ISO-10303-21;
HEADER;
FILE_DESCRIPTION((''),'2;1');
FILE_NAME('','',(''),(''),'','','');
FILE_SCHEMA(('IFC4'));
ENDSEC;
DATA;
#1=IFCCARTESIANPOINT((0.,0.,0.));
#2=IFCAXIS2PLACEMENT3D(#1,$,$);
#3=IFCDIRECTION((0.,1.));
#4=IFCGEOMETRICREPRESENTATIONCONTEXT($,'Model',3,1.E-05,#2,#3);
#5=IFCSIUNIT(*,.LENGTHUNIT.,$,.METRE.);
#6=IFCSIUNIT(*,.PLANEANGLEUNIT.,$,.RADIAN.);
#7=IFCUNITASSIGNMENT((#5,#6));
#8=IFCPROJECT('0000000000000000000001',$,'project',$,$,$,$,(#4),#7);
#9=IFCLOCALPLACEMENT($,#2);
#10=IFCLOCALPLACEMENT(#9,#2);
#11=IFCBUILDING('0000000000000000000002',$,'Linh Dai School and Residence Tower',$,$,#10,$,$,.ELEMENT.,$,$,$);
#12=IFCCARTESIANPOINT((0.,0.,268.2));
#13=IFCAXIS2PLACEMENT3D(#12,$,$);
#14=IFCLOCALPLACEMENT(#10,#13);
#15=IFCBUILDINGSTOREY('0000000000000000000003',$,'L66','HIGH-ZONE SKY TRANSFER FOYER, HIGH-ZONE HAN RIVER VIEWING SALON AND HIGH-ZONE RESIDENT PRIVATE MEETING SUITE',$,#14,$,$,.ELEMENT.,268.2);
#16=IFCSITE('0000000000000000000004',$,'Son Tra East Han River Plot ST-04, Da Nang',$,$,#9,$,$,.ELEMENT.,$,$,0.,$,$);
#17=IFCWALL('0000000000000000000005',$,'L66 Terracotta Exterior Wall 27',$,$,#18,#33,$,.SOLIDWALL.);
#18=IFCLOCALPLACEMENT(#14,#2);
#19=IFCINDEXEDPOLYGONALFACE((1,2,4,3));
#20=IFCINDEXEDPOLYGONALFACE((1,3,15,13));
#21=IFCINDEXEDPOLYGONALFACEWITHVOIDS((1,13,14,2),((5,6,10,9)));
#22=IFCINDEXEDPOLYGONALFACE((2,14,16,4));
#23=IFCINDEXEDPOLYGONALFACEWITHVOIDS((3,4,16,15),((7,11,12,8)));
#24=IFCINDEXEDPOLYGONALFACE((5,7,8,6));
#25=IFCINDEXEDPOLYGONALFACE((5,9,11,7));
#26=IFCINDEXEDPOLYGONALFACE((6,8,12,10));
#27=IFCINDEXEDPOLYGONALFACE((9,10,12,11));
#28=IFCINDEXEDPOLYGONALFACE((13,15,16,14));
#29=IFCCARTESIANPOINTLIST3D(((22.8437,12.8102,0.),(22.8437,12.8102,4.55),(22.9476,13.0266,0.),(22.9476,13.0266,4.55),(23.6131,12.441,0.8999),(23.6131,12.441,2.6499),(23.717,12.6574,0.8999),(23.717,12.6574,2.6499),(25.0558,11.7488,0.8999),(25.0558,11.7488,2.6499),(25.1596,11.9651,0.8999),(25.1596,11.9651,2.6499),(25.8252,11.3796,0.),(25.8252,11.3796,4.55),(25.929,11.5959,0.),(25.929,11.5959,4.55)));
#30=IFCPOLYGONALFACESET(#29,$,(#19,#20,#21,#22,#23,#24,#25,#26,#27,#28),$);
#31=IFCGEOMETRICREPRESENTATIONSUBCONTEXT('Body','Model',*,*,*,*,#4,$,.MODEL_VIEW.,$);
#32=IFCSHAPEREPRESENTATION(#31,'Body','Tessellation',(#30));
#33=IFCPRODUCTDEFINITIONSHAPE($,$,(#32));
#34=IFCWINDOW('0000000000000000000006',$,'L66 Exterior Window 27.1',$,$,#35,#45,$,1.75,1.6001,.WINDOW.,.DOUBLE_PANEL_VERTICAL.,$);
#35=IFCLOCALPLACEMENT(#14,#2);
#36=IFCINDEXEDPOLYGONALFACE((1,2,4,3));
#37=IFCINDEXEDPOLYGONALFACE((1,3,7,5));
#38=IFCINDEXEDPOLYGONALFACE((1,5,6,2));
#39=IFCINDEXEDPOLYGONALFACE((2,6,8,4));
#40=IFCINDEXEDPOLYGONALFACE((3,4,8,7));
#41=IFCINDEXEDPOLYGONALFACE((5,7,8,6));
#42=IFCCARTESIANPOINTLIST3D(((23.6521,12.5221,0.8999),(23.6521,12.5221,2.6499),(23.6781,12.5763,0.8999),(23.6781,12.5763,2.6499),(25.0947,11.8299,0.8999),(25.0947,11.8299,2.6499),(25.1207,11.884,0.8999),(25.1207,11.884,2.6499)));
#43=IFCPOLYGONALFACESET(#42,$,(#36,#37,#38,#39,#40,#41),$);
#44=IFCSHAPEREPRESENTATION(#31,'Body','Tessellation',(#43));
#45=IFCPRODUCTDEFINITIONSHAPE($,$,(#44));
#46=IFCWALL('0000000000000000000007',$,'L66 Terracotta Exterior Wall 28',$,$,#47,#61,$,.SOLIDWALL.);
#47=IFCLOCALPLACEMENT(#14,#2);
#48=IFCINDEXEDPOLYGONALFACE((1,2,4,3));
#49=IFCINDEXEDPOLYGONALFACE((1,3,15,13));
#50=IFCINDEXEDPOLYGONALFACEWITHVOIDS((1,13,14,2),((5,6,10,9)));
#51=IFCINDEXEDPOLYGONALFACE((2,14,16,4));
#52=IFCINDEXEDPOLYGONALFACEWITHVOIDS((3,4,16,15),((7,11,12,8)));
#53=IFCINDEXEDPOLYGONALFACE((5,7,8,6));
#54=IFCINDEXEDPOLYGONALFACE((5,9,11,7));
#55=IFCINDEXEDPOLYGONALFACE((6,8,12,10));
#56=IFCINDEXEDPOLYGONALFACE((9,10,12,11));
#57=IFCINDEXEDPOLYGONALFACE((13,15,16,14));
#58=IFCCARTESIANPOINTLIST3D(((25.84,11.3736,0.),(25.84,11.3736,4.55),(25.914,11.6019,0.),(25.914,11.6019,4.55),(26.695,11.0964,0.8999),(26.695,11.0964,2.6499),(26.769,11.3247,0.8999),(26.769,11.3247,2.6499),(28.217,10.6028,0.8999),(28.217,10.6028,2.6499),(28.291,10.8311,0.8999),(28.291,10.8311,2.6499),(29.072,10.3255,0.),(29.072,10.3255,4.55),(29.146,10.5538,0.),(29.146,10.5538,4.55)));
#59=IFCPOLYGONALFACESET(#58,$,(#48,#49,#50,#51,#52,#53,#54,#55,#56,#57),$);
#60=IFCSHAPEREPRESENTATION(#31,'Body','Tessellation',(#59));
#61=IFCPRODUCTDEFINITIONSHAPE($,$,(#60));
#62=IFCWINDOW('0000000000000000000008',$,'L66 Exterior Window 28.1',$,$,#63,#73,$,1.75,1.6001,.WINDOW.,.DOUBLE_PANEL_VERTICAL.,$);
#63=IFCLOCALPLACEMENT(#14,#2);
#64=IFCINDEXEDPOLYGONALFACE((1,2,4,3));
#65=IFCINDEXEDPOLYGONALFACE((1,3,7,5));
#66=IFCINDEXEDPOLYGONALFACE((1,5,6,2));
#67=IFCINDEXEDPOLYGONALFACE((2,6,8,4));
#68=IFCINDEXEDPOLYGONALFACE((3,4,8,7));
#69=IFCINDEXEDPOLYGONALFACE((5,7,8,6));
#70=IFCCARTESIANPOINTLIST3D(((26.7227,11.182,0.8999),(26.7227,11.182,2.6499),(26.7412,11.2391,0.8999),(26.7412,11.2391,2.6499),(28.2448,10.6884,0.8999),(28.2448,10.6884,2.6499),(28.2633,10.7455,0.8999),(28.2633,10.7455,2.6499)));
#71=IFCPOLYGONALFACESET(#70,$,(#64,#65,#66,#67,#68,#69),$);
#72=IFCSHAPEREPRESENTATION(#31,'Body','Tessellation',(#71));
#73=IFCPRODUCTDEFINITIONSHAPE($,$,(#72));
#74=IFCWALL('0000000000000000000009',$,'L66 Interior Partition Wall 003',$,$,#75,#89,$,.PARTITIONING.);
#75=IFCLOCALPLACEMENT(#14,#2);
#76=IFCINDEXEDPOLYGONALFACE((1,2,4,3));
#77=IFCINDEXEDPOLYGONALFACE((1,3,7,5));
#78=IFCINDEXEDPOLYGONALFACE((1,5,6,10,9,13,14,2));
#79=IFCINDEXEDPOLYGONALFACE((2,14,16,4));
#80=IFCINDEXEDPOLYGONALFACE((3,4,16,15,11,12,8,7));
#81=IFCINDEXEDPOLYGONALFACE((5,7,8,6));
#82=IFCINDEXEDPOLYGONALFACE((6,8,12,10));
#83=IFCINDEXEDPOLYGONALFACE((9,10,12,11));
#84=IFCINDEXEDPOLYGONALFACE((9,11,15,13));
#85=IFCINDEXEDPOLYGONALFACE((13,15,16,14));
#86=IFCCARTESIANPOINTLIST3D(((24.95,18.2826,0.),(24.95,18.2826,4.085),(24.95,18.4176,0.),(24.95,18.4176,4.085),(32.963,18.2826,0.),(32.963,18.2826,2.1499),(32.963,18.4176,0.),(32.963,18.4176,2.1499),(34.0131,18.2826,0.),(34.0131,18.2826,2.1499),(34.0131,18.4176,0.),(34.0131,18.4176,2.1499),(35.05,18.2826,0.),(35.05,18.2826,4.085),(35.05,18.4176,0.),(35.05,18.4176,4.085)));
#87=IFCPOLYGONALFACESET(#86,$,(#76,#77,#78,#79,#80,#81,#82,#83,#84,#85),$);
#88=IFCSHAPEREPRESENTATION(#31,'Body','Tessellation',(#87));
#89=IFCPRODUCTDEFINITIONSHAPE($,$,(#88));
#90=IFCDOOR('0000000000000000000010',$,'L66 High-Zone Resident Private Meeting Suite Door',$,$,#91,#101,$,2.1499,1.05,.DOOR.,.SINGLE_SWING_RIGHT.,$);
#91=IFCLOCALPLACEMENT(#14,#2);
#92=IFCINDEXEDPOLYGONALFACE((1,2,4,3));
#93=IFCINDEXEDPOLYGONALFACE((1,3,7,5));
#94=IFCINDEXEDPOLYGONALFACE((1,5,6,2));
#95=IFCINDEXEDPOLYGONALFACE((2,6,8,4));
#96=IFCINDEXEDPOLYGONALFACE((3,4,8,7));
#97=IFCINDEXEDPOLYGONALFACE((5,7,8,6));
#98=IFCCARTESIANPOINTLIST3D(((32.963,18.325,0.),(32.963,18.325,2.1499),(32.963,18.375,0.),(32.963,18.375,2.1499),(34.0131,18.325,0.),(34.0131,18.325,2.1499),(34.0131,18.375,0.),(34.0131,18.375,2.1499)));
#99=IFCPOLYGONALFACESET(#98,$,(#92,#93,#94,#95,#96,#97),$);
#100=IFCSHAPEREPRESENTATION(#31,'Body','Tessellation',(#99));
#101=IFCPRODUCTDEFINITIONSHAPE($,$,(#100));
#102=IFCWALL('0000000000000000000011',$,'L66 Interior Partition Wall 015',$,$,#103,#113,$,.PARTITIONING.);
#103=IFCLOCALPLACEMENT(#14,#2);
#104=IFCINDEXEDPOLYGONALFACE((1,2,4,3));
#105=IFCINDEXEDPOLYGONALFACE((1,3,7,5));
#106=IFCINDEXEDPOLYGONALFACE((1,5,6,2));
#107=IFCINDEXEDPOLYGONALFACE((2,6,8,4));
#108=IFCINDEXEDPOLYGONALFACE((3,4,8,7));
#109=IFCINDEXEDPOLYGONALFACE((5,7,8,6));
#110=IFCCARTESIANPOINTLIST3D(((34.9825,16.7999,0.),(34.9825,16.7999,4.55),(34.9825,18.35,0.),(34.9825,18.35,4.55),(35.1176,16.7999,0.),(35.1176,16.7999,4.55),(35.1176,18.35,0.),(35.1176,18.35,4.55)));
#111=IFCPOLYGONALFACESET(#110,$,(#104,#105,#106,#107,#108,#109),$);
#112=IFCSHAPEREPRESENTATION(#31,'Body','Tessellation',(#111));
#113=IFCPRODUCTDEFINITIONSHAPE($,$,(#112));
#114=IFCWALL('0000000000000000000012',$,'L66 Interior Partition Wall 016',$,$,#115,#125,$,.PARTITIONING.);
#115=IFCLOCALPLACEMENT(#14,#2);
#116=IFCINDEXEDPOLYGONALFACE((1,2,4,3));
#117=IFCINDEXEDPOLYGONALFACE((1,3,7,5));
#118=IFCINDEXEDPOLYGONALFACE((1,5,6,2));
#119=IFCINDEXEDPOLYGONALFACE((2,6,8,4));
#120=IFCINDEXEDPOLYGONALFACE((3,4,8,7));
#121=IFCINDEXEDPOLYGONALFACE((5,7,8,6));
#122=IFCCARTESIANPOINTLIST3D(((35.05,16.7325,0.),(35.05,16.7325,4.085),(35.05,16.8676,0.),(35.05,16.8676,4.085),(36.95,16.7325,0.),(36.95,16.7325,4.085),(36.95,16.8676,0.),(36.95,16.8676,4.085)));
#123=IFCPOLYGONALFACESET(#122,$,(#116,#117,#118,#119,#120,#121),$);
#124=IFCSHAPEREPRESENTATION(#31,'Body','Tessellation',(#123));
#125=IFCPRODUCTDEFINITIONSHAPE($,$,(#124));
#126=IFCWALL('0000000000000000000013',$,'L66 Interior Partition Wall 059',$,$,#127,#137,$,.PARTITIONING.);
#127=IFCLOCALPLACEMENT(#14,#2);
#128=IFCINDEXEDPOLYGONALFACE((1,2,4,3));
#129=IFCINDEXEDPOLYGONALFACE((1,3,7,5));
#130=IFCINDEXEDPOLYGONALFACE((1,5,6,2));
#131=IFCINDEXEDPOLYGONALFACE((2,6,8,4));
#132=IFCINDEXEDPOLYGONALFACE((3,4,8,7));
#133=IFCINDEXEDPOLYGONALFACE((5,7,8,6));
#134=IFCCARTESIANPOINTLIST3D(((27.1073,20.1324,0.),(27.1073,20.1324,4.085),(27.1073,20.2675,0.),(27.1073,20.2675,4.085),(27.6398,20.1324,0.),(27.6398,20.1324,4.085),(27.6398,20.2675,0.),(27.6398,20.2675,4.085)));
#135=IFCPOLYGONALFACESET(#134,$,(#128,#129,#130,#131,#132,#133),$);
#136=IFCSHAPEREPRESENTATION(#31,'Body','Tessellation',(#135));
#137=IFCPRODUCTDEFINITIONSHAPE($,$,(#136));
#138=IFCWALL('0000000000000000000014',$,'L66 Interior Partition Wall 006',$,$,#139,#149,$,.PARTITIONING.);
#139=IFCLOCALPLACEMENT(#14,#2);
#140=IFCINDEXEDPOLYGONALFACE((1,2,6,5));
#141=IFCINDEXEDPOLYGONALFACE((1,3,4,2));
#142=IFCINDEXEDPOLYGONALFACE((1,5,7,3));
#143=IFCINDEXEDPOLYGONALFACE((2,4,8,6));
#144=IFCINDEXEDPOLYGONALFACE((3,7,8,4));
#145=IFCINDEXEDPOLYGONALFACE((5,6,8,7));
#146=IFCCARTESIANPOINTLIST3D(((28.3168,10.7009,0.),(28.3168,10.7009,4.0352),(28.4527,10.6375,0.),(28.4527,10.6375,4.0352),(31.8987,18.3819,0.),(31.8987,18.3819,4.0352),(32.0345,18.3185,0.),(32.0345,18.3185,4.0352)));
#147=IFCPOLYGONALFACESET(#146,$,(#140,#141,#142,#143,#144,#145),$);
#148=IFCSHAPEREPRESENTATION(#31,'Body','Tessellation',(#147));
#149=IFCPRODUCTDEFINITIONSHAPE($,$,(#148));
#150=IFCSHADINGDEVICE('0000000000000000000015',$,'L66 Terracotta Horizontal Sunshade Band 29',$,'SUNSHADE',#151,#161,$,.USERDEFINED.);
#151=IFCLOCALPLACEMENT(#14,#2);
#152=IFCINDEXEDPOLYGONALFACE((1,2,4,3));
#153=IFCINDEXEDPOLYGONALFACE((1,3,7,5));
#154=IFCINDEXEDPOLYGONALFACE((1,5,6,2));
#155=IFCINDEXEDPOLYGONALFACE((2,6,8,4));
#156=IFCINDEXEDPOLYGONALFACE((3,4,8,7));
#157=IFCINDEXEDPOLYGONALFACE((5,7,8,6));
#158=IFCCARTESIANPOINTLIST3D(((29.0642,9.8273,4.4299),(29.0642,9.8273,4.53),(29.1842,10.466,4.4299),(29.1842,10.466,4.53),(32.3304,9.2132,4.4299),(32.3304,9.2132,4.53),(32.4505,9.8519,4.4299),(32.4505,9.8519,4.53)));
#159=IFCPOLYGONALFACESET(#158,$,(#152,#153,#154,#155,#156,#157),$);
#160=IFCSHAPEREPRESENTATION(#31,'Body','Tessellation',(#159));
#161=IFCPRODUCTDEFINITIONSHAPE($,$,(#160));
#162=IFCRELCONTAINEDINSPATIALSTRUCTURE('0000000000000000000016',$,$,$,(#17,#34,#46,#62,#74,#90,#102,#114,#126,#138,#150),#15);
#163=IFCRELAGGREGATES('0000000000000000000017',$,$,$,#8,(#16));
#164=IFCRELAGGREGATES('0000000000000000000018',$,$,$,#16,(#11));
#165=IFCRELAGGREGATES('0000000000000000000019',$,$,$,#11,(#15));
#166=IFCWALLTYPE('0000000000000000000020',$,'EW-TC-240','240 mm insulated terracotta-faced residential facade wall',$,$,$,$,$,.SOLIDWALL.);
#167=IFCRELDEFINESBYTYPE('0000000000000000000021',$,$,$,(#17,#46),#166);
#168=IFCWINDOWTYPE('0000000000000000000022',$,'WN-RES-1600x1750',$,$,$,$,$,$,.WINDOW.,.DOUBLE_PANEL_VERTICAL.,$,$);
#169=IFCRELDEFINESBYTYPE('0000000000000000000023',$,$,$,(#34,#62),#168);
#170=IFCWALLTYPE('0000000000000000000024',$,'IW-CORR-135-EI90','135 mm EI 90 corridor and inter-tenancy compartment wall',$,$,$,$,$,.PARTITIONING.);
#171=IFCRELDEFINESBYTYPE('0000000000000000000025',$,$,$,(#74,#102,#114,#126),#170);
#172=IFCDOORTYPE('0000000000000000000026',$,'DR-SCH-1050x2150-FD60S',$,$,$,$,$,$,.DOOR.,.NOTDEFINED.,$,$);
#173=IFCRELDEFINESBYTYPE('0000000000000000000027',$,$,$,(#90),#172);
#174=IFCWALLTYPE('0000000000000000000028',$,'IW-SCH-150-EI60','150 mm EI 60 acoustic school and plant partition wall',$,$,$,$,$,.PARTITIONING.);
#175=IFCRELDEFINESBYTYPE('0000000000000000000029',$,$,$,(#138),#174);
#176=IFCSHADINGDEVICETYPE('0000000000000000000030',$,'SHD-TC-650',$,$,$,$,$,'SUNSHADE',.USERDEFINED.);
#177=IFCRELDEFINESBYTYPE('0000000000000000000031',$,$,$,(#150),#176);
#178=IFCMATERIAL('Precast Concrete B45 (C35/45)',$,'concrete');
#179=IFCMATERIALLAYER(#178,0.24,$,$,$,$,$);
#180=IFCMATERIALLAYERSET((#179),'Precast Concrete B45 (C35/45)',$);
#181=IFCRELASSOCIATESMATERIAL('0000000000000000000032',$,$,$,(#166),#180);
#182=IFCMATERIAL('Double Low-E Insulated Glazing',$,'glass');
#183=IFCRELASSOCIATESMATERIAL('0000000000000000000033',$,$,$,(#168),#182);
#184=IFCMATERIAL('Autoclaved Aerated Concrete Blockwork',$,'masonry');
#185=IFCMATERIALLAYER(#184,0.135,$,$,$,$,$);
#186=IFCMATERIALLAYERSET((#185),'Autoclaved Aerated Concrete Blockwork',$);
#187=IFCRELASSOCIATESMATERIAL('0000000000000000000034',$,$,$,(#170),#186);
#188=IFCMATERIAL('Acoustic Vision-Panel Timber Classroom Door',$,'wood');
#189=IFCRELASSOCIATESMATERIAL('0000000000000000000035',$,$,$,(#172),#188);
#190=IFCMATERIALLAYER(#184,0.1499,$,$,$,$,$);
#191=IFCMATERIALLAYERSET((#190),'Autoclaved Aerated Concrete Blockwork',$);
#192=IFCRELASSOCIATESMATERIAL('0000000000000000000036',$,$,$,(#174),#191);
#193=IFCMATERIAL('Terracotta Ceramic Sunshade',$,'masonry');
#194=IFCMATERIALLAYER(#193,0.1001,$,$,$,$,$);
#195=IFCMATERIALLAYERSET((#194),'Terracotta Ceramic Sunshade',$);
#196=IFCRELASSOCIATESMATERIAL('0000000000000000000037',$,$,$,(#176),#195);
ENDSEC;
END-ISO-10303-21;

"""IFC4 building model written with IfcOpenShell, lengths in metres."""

from ifc_helpers import new_model, si_unit, direction, frame, frame_2d, origin, origin_2d, place, context, subcontext, project, spatial, rectangle, extrude, source, transform, mapped, material, layer, layer_set, type_object, element, fill, save


model = new_model("IFC4")

# Units and contexts
model_context = context("Model", 3, precision=1e-05, world=origin(), true_north=direction((0.0, 1.0)))
body_context = subcontext(model_context, "Body", "Model", "MODEL_VIEW")
ifc_project = project(units=[si_unit("LENGTHUNIT", "METRE"), si_unit("PLANEANGLEUNIT", "RADIAN")], contexts=[model_context])

# Site, building, storey
site_placement = place(None, origin())
site = spatial("IfcSite", under=ifc_project, at=site_placement, Name="Son Tra East Han River Plot ST-04, Da Nang", CompositionType="ELEMENT", RefElevation=0.0)
building_placement = place(site_placement, origin())
building = spatial("IfcBuilding", under=site, at=building_placement, Name="Linh Dai School and Residence Tower", CompositionType="ELEMENT")
storey_placement = place(building_placement, frame((0.0, 0.0, 268.2)))
storey = spatial("IfcBuildingStorey", under=building, at=storey_placement, Name="L66", Description="HIGH-ZONE SKY TRANSFER FOYER, HIGH-ZONE HAN RIVER VIEWING SALON AND HIGH-ZONE RESIDENT PRIVATE MEETING SUITE", CompositionType="ELEMENT", Elevation=268.2)

# Shared definitions
ifc_material_1 = material(Name="Precast Concrete B45 (C35/45)", Category="concrete")

# Shared definitions
ifc_material_2 = material(Name="Double Low-E Insulated Glazing", Category="glass")

# Walls, openings, windows
ifc_layer_1 = layer(ifc_material_1, 0.24)
ifc_layer_set_1 = layer_set([ifc_layer_1], Name="Precast Concrete B45 (C35/45)")
wall_type_1 = type_object("IfcWallType", Name="EW-TC-240", Description="240 mm insulated terracotta-faced residential facade wall", PredefinedType="SOLIDWALL", material=ifc_layer_set_1)
wall_1_placement = place(storey_placement, frame((25.877, 11.4878, 0.0), z_axis=(0.0, 0.0, 1.0), x_axis=(-0.901574, 0.432625, 0.0)))
wall_1 = element("IfcWall", 1, at=wall_1_placement, inside=storey, type_object=wall_type_1, Name="L66 Terracotta Exterior Wall 27", PredefinedType="SOLIDWALL", context=body_context, shape_type="SweptSolid", body=[
    extrude(rectangle(XDim=3.3069, YDim=0.24, at=frame_2d((1.6533, 0.0))), origin(), (0.0, 0.0, 1.0), 4.55),
])
opening_1_placement = place(wall_1_placement, frame((0.8533, 0.0, 0.8999)))
opening_1 = element("IfcOpeningElement", 2, at=opening_1_placement, cuts=wall_1, PredefinedType="OPENING", context=body_context, shape_type="SweptSolid", body=[
    extrude(rectangle(XDim=1.6001, YDim=1.75, at=origin_2d()), frame((0.8, 0.1299, 0.875), z_axis=(0.0, -1.0, 0.0), x_axis=(1.0, 0.0, 0.0)), (0.0, 0.0, 1.0), 0.26),
])
window_type = type_object("IfcWindowType", Name="WN-RES-1600x1750", PartitioningType="DOUBLE_PANEL_VERTICAL", PredefinedType="WINDOW", material=ifc_material_2)
shared_shape_1 = source(origin(), body_context, "Body", "SweptSolid", [
    extrude(rectangle(XDim=1.6001, YDim=1.75, at=origin_2d()), frame((0.8, 0.03, 0.875), z_axis=(0.0, -1.0, 0.0), x_axis=(1.0, 0.0, 0.0)), (0.0, 0.0, 1.0), 0.0601),
])
window_1_placement = place(opening_1_placement, origin())
window_1 = element("IfcWindow", 3, at=window_1_placement, inside=storey, type_object=window_type, Name="L66 Exterior Window 27.1", OverallHeight=1.75, OverallWidth=1.6001, PartitioningType="DOUBLE_PANEL_VERTICAL", PredefinedType="WINDOW", context=body_context, shape_type="MappedRepresentation", body=[
    mapped(shared_shape_1, transform((0.0, 0.0, 0.0), x_axis=(1.0, 0.0, 0.0), y_axis=(0.0, 1.0, 0.0), z_axis=(0.0, 0.0, 1.0), scale=1.0)),
])
fill(opening_1, window_1)
wall_2_placement = place(storey_placement, frame((29.1089, 10.4397, 0.0), z_axis=(0.0, 0.0, 1.0), x_axis=(-0.951231, 0.308478, 0.0)))
wall_2 = element("IfcWall", 4, at=wall_2_placement, inside=storey, type_object=wall_type_1, Name="L66 Terracotta Exterior Wall 28", PredefinedType="SOLIDWALL", context=body_context, shape_type="SweptSolid", body=[
    extrude(rectangle(XDim=3.3977, YDim=0.24, at=frame_2d((1.6987, 0.0))), origin(), (0.0, 0.0, 1.0), 4.55),
])
opening_2_placement = place(wall_2_placement, frame((0.8987, 0.0, 0.8999)))
opening_2 = element("IfcOpeningElement", 5, at=opening_2_placement, cuts=wall_2, PredefinedType="OPENING", context=body_context, shape_type="SweptSolid", body=[
    extrude(rectangle(XDim=1.6001, YDim=1.75, at=origin_2d()), frame((0.8, 0.1299, 0.875), z_axis=(0.0, -1.0, 0.0), x_axis=(1.0, 0.0, 0.0)), (0.0, 0.0, 1.0), 0.26),
])
window_2_placement = place(opening_2_placement, origin())
window_2 = element("IfcWindow", 6, at=window_2_placement, inside=storey, type_object=window_type, Name="L66 Exterior Window 28.1", OverallHeight=1.75, OverallWidth=1.6001, PartitioningType="DOUBLE_PANEL_VERTICAL", PredefinedType="WINDOW", context=body_context, shape_type="MappedRepresentation", body=[
    mapped(shared_shape_1, transform((0.0, 0.0, 0.0), x_axis=(1.0, 0.0, 0.0), y_axis=(0.0, 1.0, 0.0), z_axis=(0.0, 0.0, 1.0), scale=1.0)),
])
fill(opening_2, window_2)

# Wall, opening, door
ifc_material_3 = material(Name="Autoclaved Aerated Concrete Blockwork", Category="masonry")
ifc_layer_2 = layer(ifc_material_3, 0.135)
ifc_layer_set_2 = layer_set([ifc_layer_2], Name="Autoclaved Aerated Concrete Blockwork")
wall_type_2 = type_object("IfcWallType", Name="IW-CORR-135-EI90", Description="135 mm EI 90 corridor and inter-tenancy compartment wall", PredefinedType="PARTITIONING", material=ifc_layer_set_2)
wall_3_placement = place(storey_placement, frame((24.95, 18.3501, 0.0), z_axis=(0.0, 0.0, 1.0), x_axis=(1.0, 0.0, 0.0)))
wall_3 = element("IfcWall", 7, at=wall_3_placement, inside=storey, type_object=wall_type_2, Name="L66 Interior Partition Wall 003", PredefinedType="PARTITIONING", context=body_context, shape_type="SweptSolid", body=[
    extrude(rectangle(XDim=10.1001, YDim=0.135, at=frame_2d((5.05, 0.0))), origin(), (0.0, 0.0, 1.0), 4.085),
])
opening_3_placement = place(wall_3_placement, frame((8.0132, 0.0, 0.0)))
opening_3 = element("IfcOpeningElement", 8, at=opening_3_placement, cuts=wall_3, PredefinedType="OPENING", context=body_context, shape_type="SweptSolid", body=[
    extrude(rectangle(XDim=1.05, YDim=2.1499, at=origin_2d()), frame((0.5249, 0.0776, 1.075), z_axis=(0.0, -1.0, 0.0), x_axis=(1.0, 0.0, 0.0)), (0.0, 0.0, 1.0), 0.155),
])
ifc_material_4 = material(Name="Acoustic Vision-Panel Timber Classroom Door", Category="wood")
door_type = type_object("IfcDoorType", Name="DR-SCH-1050x2150-FD60S", OperationType="NOTDEFINED", PredefinedType="DOOR", material=ifc_material_4)
shared_shape_2 = source(origin(), body_context, "Body", "SweptSolid", [
    extrude(rectangle(XDim=1.05, YDim=2.1499, at=origin_2d()), frame((0.5249, 0.0249, 1.075), z_axis=(0.0, -1.0, 0.0), x_axis=(1.0, 0.0, 0.0)), (0.0, 0.0, 1.0), 0.05),
])
door_placement = place(opening_3_placement, origin())
door = element("IfcDoor", 9, at=door_placement, inside=storey, type_object=door_type, Name="L66 High-Zone Resident Private Meeting Suite Door", OperationType="SINGLE_SWING_RIGHT", OverallHeight=2.1499, OverallWidth=1.05, PredefinedType="DOOR", context=body_context, shape_type="MappedRepresentation", body=[
    mapped(shared_shape_2, transform((0.0, 0.0, 0.0), x_axis=(1.0, 0.0, 0.0), y_axis=(0.0, 1.0, 0.0), z_axis=(0.0, 0.0, 1.0), scale=1.0)),
])
fill(opening_3, door)

# Walls
wall_4_placement = place(storey_placement, frame((35.05, 16.8, 0.0), z_axis=(0.0, 0.0, 1.0), x_axis=(0.0, 1.0, 0.0)))
element("IfcWall", 10, at=wall_4_placement, inside=storey, type_object=wall_type_2, Name="L66 Interior Partition Wall 015", PredefinedType="PARTITIONING", context=body_context, shape_type="SweptSolid", body=[
    extrude(rectangle(XDim=1.55, YDim=0.135, at=frame_2d((0.7749, 0.0))), origin(), (0.0, 0.0, 1.0), 4.55),
])
wall_5_placement = place(storey_placement, frame((35.05, 16.8, 0.0), z_axis=(0.0, 0.0, 1.0), x_axis=(1.0, 0.0, 0.0)))
element("IfcWall", 11, at=wall_5_placement, inside=storey, type_object=wall_type_2, Name="L66 Interior Partition Wall 016", PredefinedType="PARTITIONING", context=body_context, shape_type="SweptSolid", body=[
    extrude(rectangle(XDim=1.8999, YDim=0.135, at=frame_2d((0.95, 0.0))), origin(), (0.0, 0.0, 1.0), 4.085),
])
wall_6_placement = place(storey_placement, frame((27.1074, 20.2, 0.0), z_axis=(0.0, 0.0, 1.0), x_axis=(1.0, 0.0, 0.0)))
element("IfcWall", 12, at=wall_6_placement, inside=storey, type_object=wall_type_2, Name="L66 Interior Partition Wall 059", PredefinedType="PARTITIONING", context=body_context, shape_type="SweptSolid", body=[
    extrude(rectangle(XDim=0.5325, YDim=0.135, at=frame_2d((0.2661, 0.0))), origin(), (0.0, 0.0, 1.0), 4.085),
])
ifc_layer_3 = layer(ifc_material_3, 0.1499)
ifc_layer_set_3 = layer_set([ifc_layer_3], Name="Autoclaved Aerated Concrete Blockwork")
wall_type_3 = type_object("IfcWallType", Name="IW-SCH-150-EI60", Description="150 mm EI 60 acoustic school and plant partition wall", PredefinedType="PARTITIONING", material=ifc_layer_set_3)
wall_7_placement = place(storey_placement, frame((28.3848, 10.6692, 0.0), z_axis=(0.0, 0.0, 1.0), x_axis=(0.42263, 0.906302, 0.0)))
element("IfcWall", 13, at=wall_7_placement, inside=storey, type_object=wall_type_3, Name="L66 Interior Partition Wall 006", PredefinedType="PARTITIONING", context=body_context, shape_type="SweptSolid", body=[
    extrude(rectangle(XDim=8.4751, YDim=0.1499, at=frame_2d((4.2375, 0.0))), origin(), (0.0, 0.0, 1.0), 4.0352),
])

# Shading device
ifc_material_5 = material(Name="Terracotta Ceramic Sunshade", Category="masonry")
ifc_layer_4 = layer(ifc_material_5, 0.1001)
ifc_layer_set_4 = layer_set([ifc_layer_4], Name="Terracotta Ceramic Sunshade")
shading_device_type = type_object("IfcShadingDeviceType", Name="SHD-TC-650", ElementType="SUNSHADE", PredefinedType="USERDEFINED", material=ifc_layer_set_4)
shared_shape_3 = source(origin(), body_context, "Body", "SweptSolid", [
    extrude(rectangle(XDim=3.3235, YDim=0.6499, at=origin_2d()), origin(), (0.0, 0.0, 1.0), 0.1001),
])
shading_device_placement = place(storey_placement, frame((30.7573, 9.8396, 4.4299), z_axis=(0.0, 0.0, 1.0), x_axis=(-0.982785, 0.184751, 0.0)))
element("IfcShadingDevice", 14, at=shading_device_placement, inside=storey, type_object=shading_device_type, Name="L66 Terracotta Horizontal Sunshade Band 29", ObjectType="SUNSHADE", PredefinedType="USERDEFINED", context=body_context, shape_type="MappedRepresentation", body=[
    mapped(shared_shape_3, transform((0.0, 0.0, 0.0), x_axis=(1.0, 0.0, 0.0), y_axis=(0.0, 1.0, 0.0), z_axis=(0.0, 0.0, 1.0), scale=1.0)),
])

save(model, "model.ifc")
